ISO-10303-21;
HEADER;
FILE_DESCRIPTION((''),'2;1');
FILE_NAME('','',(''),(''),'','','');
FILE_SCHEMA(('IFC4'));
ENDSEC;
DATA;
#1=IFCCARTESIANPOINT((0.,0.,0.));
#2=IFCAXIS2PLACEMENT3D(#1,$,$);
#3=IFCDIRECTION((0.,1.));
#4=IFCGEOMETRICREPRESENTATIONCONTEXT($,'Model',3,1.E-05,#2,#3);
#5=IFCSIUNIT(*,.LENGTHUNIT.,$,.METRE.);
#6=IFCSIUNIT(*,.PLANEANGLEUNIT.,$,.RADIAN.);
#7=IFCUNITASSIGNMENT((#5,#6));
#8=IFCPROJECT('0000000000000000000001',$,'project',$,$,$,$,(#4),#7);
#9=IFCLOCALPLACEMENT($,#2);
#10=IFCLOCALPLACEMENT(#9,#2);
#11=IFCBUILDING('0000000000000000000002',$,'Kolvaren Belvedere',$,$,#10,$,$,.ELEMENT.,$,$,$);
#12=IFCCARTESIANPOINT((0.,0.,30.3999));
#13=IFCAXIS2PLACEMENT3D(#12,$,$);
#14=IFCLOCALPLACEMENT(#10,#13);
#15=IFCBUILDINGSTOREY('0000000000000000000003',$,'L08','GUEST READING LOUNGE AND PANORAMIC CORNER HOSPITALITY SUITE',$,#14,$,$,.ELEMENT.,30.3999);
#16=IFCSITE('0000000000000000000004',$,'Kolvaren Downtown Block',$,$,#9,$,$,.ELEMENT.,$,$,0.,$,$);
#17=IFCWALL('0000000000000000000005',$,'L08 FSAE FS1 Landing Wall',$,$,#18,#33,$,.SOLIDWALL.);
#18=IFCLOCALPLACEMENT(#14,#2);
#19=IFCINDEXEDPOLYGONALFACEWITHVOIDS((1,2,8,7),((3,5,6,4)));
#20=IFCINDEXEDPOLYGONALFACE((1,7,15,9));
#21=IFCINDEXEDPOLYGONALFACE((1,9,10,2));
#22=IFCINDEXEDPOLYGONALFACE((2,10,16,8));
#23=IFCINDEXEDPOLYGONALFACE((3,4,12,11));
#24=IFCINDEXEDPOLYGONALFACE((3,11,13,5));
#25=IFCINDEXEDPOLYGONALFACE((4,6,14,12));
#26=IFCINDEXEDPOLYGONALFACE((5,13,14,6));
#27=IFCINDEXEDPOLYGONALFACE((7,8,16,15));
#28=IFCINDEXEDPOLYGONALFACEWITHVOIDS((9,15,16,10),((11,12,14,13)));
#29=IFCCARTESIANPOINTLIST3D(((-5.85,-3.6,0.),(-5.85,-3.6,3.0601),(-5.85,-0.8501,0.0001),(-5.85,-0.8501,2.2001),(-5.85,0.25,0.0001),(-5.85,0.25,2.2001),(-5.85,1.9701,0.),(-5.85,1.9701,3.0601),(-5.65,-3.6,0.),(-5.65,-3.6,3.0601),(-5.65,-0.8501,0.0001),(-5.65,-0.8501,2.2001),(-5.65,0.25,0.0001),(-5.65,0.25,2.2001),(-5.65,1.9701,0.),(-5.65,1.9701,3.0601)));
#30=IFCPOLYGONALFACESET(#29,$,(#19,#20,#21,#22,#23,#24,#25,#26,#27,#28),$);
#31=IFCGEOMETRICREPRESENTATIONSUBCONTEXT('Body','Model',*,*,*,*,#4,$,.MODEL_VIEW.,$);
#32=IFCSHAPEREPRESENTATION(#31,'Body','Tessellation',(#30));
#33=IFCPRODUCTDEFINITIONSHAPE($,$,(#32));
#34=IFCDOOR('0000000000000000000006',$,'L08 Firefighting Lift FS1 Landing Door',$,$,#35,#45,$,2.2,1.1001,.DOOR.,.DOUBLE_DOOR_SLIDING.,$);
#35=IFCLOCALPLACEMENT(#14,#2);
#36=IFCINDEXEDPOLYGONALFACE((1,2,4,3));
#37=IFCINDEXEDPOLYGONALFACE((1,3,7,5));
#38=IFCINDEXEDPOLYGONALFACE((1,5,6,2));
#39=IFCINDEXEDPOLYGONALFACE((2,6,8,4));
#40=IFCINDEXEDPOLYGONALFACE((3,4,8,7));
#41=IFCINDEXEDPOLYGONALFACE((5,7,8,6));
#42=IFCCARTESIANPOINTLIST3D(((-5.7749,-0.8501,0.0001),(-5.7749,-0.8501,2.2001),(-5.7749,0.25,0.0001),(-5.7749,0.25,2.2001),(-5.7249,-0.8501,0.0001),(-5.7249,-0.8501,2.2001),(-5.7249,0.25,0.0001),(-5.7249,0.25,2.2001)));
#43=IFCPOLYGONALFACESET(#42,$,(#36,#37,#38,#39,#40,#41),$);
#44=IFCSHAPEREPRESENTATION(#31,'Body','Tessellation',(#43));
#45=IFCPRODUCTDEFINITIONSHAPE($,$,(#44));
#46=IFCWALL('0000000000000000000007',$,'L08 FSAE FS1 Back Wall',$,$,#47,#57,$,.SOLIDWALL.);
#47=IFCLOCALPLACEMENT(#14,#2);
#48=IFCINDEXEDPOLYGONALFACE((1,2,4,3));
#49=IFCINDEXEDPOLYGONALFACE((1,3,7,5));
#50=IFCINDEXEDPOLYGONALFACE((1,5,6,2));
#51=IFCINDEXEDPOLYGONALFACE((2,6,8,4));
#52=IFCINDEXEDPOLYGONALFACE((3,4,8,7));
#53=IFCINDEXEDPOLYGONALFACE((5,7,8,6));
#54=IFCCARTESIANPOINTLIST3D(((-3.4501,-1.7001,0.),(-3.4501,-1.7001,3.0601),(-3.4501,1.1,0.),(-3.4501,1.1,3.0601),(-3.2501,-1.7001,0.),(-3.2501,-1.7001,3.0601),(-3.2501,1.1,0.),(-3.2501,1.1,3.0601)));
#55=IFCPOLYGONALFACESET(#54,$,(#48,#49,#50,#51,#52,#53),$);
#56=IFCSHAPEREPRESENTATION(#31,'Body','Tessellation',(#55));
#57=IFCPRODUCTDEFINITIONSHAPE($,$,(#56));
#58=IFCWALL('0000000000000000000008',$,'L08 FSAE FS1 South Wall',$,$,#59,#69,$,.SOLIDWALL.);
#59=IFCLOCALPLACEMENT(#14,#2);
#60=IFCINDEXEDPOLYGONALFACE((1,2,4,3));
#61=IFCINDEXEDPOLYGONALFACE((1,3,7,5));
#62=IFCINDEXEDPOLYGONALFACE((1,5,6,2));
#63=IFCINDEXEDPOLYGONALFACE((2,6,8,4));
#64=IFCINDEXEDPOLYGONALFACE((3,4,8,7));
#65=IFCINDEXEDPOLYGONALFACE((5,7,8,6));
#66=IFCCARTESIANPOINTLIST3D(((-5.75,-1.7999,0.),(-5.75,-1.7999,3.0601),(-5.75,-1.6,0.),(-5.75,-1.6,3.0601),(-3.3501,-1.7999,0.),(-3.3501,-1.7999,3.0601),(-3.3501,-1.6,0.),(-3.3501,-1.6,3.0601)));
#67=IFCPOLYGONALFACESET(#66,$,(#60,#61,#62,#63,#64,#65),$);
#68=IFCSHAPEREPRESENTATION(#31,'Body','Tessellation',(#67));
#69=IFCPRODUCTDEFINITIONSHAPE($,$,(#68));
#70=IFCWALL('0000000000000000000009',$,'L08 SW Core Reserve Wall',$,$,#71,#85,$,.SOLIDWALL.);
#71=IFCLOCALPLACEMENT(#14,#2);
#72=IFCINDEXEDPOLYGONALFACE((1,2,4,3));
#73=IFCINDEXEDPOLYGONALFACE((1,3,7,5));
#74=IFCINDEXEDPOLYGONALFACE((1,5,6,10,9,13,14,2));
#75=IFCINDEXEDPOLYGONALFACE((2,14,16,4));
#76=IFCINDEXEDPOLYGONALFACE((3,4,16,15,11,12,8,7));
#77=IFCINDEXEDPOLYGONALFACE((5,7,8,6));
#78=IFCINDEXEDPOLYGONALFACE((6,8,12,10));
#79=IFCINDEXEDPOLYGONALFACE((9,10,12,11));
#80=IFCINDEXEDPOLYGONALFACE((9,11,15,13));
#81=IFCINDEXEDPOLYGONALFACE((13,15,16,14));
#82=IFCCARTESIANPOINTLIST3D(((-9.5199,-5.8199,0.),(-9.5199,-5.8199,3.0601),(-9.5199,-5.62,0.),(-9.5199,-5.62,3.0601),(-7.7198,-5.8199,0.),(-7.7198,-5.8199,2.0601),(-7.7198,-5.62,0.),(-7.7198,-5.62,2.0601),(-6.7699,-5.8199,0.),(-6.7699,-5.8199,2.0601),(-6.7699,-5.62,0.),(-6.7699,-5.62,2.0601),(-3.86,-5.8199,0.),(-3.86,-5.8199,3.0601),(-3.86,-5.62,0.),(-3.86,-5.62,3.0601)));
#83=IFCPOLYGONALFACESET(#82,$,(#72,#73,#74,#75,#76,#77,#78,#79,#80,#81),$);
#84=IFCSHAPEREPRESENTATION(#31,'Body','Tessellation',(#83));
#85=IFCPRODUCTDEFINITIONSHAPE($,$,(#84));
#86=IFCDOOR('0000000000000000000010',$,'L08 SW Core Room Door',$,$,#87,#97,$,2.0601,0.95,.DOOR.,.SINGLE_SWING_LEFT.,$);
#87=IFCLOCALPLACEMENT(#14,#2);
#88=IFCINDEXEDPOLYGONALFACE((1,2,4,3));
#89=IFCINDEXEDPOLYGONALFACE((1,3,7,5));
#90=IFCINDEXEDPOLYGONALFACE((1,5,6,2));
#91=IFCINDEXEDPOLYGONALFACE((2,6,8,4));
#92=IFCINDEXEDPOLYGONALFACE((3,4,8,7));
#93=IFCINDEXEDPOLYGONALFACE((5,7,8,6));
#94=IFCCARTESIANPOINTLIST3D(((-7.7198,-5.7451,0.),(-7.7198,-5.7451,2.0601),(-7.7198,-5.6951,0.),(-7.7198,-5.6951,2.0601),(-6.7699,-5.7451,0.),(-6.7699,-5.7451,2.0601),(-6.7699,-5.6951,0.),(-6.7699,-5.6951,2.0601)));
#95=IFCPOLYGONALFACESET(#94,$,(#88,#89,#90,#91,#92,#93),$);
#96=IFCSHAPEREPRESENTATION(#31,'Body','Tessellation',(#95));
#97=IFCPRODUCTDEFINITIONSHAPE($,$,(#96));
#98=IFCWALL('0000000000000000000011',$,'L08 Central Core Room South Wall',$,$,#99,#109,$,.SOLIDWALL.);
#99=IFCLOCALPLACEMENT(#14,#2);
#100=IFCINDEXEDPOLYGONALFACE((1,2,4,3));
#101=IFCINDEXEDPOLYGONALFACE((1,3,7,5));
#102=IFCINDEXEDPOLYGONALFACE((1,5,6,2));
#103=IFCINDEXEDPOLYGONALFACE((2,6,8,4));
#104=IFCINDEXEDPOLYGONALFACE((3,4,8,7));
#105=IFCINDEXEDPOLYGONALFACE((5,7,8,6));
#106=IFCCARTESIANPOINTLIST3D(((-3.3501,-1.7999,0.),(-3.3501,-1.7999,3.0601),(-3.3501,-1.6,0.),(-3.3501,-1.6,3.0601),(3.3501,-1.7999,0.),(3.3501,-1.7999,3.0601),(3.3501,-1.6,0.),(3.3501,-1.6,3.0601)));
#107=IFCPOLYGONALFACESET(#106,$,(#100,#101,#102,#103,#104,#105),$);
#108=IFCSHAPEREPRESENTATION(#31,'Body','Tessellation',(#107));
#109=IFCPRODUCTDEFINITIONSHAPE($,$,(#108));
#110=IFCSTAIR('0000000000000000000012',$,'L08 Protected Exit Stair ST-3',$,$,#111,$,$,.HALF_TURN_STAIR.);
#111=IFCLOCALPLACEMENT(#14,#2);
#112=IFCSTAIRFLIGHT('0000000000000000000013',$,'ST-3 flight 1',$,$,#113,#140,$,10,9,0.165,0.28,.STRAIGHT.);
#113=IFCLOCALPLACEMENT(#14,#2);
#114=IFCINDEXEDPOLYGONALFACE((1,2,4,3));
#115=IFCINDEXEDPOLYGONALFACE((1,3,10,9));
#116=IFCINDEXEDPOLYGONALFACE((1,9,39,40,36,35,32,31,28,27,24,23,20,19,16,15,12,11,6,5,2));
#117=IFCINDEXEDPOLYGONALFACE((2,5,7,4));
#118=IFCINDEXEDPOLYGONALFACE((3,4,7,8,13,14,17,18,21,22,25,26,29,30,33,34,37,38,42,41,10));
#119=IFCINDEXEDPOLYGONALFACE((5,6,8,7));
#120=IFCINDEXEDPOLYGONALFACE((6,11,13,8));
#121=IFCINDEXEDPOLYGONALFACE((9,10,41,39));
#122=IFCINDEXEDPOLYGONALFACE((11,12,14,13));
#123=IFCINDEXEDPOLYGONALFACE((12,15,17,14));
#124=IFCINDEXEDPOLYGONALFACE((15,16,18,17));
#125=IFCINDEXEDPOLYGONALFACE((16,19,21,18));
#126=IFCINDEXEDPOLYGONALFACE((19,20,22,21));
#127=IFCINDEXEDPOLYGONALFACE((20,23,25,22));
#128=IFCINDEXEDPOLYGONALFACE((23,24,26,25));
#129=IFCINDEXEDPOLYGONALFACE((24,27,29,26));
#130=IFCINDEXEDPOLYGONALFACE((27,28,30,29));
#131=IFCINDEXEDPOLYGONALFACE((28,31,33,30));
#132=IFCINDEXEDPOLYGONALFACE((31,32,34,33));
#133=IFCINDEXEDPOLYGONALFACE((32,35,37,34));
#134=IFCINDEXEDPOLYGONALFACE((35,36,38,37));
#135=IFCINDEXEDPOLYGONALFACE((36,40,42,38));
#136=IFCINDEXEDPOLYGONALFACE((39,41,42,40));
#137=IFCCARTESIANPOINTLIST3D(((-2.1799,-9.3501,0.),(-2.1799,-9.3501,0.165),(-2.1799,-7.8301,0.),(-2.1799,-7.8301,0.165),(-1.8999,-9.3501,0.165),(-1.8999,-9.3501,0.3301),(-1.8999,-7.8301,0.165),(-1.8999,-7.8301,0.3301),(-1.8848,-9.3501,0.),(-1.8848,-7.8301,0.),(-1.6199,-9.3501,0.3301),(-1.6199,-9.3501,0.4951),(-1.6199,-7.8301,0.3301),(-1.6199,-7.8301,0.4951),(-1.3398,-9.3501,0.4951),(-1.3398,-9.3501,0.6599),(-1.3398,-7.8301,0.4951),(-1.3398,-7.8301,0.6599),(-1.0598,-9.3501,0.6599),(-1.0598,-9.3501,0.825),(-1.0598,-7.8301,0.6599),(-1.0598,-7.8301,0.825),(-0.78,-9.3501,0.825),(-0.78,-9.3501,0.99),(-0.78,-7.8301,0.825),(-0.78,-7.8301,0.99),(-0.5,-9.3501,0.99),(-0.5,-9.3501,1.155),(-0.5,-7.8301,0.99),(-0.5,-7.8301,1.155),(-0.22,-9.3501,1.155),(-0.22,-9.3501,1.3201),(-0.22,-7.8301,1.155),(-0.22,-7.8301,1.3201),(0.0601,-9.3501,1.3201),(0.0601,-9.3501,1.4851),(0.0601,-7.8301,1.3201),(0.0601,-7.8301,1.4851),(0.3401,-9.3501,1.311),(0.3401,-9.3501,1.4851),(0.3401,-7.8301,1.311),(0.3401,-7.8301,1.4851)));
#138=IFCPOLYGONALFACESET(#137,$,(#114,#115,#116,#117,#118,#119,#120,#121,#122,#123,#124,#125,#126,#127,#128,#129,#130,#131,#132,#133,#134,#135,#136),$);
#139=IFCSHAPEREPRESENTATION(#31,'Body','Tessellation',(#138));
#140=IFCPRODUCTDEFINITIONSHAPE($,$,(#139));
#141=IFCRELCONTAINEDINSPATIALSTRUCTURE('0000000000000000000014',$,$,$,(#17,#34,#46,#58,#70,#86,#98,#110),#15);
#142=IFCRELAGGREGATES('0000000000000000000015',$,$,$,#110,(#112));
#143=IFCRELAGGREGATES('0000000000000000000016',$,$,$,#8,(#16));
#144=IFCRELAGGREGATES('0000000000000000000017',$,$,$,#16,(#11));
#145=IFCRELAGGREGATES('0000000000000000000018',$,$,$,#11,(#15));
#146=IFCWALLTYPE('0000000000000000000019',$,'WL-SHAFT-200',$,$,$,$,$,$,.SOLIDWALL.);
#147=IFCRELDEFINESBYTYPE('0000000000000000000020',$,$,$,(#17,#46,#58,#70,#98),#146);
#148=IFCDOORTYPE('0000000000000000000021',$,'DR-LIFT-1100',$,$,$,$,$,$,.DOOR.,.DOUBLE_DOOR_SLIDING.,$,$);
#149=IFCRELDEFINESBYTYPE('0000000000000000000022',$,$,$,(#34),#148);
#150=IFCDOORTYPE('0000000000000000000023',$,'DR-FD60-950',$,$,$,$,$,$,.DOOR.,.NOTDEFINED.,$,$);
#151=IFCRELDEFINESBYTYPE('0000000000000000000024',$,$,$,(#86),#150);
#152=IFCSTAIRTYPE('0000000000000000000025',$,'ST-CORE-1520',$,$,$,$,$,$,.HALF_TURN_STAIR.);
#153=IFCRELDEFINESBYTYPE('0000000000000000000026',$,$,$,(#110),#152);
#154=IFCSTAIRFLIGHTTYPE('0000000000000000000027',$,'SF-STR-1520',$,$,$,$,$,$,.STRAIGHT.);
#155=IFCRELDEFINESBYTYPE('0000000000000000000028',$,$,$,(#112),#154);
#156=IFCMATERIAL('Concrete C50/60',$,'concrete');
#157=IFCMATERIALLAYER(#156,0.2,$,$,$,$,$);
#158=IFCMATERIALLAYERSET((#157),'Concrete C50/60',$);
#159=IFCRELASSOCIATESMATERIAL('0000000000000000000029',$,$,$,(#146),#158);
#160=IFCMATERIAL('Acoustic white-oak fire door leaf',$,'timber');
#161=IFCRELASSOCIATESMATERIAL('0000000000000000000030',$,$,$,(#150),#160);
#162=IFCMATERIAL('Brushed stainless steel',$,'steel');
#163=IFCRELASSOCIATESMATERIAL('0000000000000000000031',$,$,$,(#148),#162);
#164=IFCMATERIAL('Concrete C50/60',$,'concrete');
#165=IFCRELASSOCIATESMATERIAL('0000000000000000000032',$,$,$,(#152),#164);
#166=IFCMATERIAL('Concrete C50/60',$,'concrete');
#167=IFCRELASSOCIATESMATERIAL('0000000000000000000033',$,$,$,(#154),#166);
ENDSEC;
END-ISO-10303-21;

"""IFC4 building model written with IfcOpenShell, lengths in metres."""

from ifc_helpers import new_model, si_unit, direction, frame, frame_2d, origin, place, context, subcontext, project, spatial, polyline, rectangle, outline, extrude, material, layer, layer_set, type_object, element, fill, aggregate, save


model = new_model("IFC4")

# Units and contexts
model_context = context("Model", 3, precision=1e-05, world=origin(), true_north=direction((0.0, 1.0)))
body_context = subcontext(model_context, "Body", "Model", "MODEL_VIEW")
ifc_project = project(units=[si_unit("LENGTHUNIT", "METRE"), si_unit("PLANEANGLEUNIT", "RADIAN")], contexts=[model_context])

# Site, building, storey
site_placement = place(None, origin())
site = spatial("IfcSite", under=ifc_project, at=site_placement, Name="Kolvaren Downtown Block", CompositionType="ELEMENT", RefElevation=0.0)
building_placement = place(site_placement, origin())
building = spatial("IfcBuilding", under=site, at=building_placement, Name="Kolvaren Belvedere", CompositionType="ELEMENT")
storey_placement = place(building_placement, frame((0.0, 0.0, 30.3999)))
storey = spatial("IfcBuildingStorey", under=building, at=storey_placement, Name="L08", Description="GUEST READING LOUNGE AND PANORAMIC CORNER HOSPITALITY SUITE", CompositionType="ELEMENT", Elevation=30.3999)

# Wall, opening, door
ifc_material_1 = material(Name="Concrete C50/60", Category="concrete")
ifc_layer_1 = layer(ifc_material_1, 0.2)
ifc_layer_set_1 = layer_set([ifc_layer_1], Name="Concrete C50/60")
wall_type_1 = type_object("IfcWallType", Name="WL-SHAFT-200", PredefinedType="SOLIDWALL", material=ifc_layer_set_1)
ifc_material_2 = material(Name="Acoustic white-oak fire door leaf", Category="timber")
door_type_1 = type_object("IfcDoorType", Name="DR-FD60-950", OperationType="NOTDEFINED", PredefinedType="DOOR", material=ifc_material_2)
wall_1_placement = place(storey_placement, frame((-5.75, -3.6001, 0.0), z_axis=(0.0, 0.0, 1.0), x_axis=(0.0, 1.0, 0.0)))
wall_1 = element("IfcWall", 1, at=wall_1_placement, inside=storey, type_object=wall_type_1, Name="L08 FSAE FS1 Landing Wall", PredefinedType="SOLIDWALL", context=body_context, shape_type="SweptSolid", body=[
    extrude(rectangle(XDim=5.5701, YDim=0.2, at=frame_2d((2.7852, 0.0))), origin(), (0.0, 0.0, 1.0), 3.0601),
])
opening_1_placement = place(wall_1_placement, frame((2.75, 0.0, 0.0)))
opening_1 = element("IfcOpeningElement", 2, at=opening_1_placement, cuts=wall_1, PredefinedType="OPENING", context=body_context, shape_type="SweptSolid", body=[
    extrude(rectangle(XDim=1.1001, YDim=2.2, at=frame_2d((0.55, 1.1001))), frame((0.0, 0.1099, 0.0), z_axis=(0.0, -1.0, 0.0), x_axis=(1.0, 0.0, 0.0)), (0.0, 0.0, 1.0), 0.22),
])
ifc_material_3 = material(Name="Brushed stainless steel", Category="steel")
door_type_2 = type_object("IfcDoorType", Name="DR-LIFT-1100", OperationType="DOUBLE_DOOR_SLIDING", PredefinedType="DOOR", material=ifc_material_3)
door_1_placement = place(opening_1_placement, origin())
door_1 = element("IfcDoor", 3, at=door_1_placement, inside=storey, type_object=door_type_2, Name="L08 Firefighting Lift FS1 Landing Door", OperationType="DOUBLE_DOOR_SLIDING", OverallHeight=2.2, OverallWidth=1.1001, PredefinedType="DOOR", context=body_context, shape_type="SweptSolid", body=[
    extrude(rectangle(XDim=1.1001, YDim=2.2, at=frame_2d((0.55, 1.1001))), frame((0.0, 0.0249, 0.0), z_axis=(0.0, -1.0, 0.0), x_axis=(1.0, 0.0, 0.0)), (0.0, 0.0, 1.0), 0.05),
])
fill(opening_1, door_1)

# Walls
wall_2_placement = place(storey_placement, frame((-3.3501, -1.7, 0.0), z_axis=(0.0, 0.0, 1.0), x_axis=(0.0, 1.0, 0.0)))
element("IfcWall", 4, at=wall_2_placement, inside=storey, type_object=wall_type_1, Name="L08 FSAE FS1 Back Wall", PredefinedType="SOLIDWALL", context=body_context, shape_type="SweptSolid", body=[
    extrude(rectangle(XDim=2.8, YDim=0.2, at=frame_2d((1.3999, 0.0))), origin(), (0.0, 0.0, 1.0), 3.0601),
])
wall_3_placement = place(storey_placement, frame((-5.75, -1.7, 0.0), z_axis=(0.0, 0.0, 1.0), x_axis=(1.0, 0.0, 0.0)))
element("IfcWall", 5, at=wall_3_placement, inside=storey, type_object=wall_type_1, Name="L08 FSAE FS1 South Wall", PredefinedType="SOLIDWALL", context=body_context, shape_type="SweptSolid", body=[
    extrude(rectangle(XDim=2.3999, YDim=0.2, at=frame_2d((1.2, 0.0))), origin(), (0.0, 0.0, 1.0), 3.0601),
])

# Wall, opening, door
wall_4_placement = place(storey_placement, frame((-9.52, -5.72, 0.0), z_axis=(0.0, 0.0, 1.0), x_axis=(1.0, 0.0, 0.0)))
wall_4 = element("IfcWall", 6, at=wall_4_placement, inside=storey, type_object=wall_type_1, Name="L08 SW Core Reserve Wall", PredefinedType="SOLIDWALL", context=body_context, shape_type="SweptSolid", body=[
    extrude(rectangle(XDim=5.6599, YDim=0.2, at=frame_2d((2.8301, 0.0))), origin(), (0.0, 0.0, 1.0), 3.0601),
])
opening_2_placement = place(wall_4_placement, frame((1.8, 0.0, 0.0)))
opening_2 = element("IfcOpeningElement", 7, at=opening_2_placement, cuts=wall_4, PredefinedType="OPENING", context=body_context, shape_type="SweptSolid", body=[
    extrude(rectangle(XDim=0.95, YDim=2.0601, at=frame_2d((0.4751, 1.03))), frame((0.0, 0.1099, 0.0), z_axis=(0.0, -1.0, 0.0), x_axis=(1.0, 0.0, 0.0)), (0.0, 0.0, 1.0), 0.22),
])
door_2_placement = place(opening_2_placement, origin())
door_2 = element("IfcDoor", 8, at=door_2_placement, inside=storey, type_object=door_type_1, Name="L08 SW Core Room Door", OperationType="SINGLE_SWING_LEFT", OverallHeight=2.0601, OverallWidth=0.95, PredefinedType="DOOR", context=body_context, shape_type="SweptSolid", body=[
    extrude(rectangle(XDim=0.95, YDim=2.0601, at=frame_2d((0.4751, 1.03))), frame((0.0, 0.0249, 0.0), z_axis=(0.0, -1.0, 0.0), x_axis=(1.0, 0.0, 0.0)), (0.0, 0.0, 1.0), 0.05),
])
fill(opening_2, door_2)

# Wall
wall_5_placement = place(storey_placement, frame((-3.3501, -1.7, 0.0), z_axis=(0.0, 0.0, 1.0), x_axis=(1.0, 0.0, 0.0)))
element("IfcWall", 9, at=wall_5_placement, inside=storey, type_object=wall_type_1, Name="L08 Central Core Room South Wall", PredefinedType="SOLIDWALL", context=body_context, shape_type="SweptSolid", body=[
    extrude(rectangle(XDim=6.7002, YDim=0.2, at=frame_2d((3.3501, 0.0))), origin(), (0.0, 0.0, 1.0), 3.0601),
])

# Stair, stair flight
ifc_material_4 = material(Name="Concrete C50/60", Category="concrete")
stair_type = type_object("IfcStairType", Name="ST-CORE-1520", PredefinedType="HALF_TURN_STAIR", material=ifc_material_4)
stair_placement = place(storey_placement, origin())
stair = element("IfcStair", 10, at=stair_placement, inside=storey, type_object=stair_type, Name="L08 Protected Exit Stair ST-3", PredefinedType="HALF_TURN_STAIR")
ifc_material_5 = material(Name="Concrete C50/60", Category="concrete")
stair_flight_type = type_object("IfcStairFlightType", Name="SF-STR-1520", PredefinedType="STRAIGHT", material=ifc_material_5)
stair_flight_placement = place(storey_placement, frame((-2.1799, -8.5901, 0.0), z_axis=(0.0, 0.0, 1.0), x_axis=(1.0, 0.0, 0.0)))
stair_flight = element("IfcStairFlight", 11, at=stair_flight_placement, type_object=stair_flight_type, Name="ST-3 flight 1", NumberOfRisers=10, NumberOfTreads=9, PredefinedType="STRAIGHT", RiserHeight=0.165, TreadLength=0.28, context=body_context, shape_type="SweptSolid", body=[
    extrude(outline(polyline([(0.0, 0.0), (0.0, 0.165), (0.28, 0.165), (0.28, 0.3301), (0.5601, 0.3301), (0.5601, 0.4951), (0.8401, 0.4951), (0.8401, 0.6599), (1.1201, 0.6599), (1.1201, 0.825), (1.3999, 0.825), (1.3999, 0.99), (1.6799, 0.99), (1.6799, 1.155), (1.96, 1.155), (1.96, 1.3201), (2.24, 1.3201), (2.24, 1.4851), (2.52, 1.4851), (2.52, 1.6499), (2.52, 1.311), (0.2952, 0.0), (0.0, 0.0)])), frame((0.0, 0.76, 0.0), z_axis=(0.0, -1.0, 0.0), x_axis=(1.0, 0.0, 0.0)), (0.0, 0.0, 1.0), 1.52),
])
aggregate(stair, [stair_flight])

save(model, "model.ifc")
